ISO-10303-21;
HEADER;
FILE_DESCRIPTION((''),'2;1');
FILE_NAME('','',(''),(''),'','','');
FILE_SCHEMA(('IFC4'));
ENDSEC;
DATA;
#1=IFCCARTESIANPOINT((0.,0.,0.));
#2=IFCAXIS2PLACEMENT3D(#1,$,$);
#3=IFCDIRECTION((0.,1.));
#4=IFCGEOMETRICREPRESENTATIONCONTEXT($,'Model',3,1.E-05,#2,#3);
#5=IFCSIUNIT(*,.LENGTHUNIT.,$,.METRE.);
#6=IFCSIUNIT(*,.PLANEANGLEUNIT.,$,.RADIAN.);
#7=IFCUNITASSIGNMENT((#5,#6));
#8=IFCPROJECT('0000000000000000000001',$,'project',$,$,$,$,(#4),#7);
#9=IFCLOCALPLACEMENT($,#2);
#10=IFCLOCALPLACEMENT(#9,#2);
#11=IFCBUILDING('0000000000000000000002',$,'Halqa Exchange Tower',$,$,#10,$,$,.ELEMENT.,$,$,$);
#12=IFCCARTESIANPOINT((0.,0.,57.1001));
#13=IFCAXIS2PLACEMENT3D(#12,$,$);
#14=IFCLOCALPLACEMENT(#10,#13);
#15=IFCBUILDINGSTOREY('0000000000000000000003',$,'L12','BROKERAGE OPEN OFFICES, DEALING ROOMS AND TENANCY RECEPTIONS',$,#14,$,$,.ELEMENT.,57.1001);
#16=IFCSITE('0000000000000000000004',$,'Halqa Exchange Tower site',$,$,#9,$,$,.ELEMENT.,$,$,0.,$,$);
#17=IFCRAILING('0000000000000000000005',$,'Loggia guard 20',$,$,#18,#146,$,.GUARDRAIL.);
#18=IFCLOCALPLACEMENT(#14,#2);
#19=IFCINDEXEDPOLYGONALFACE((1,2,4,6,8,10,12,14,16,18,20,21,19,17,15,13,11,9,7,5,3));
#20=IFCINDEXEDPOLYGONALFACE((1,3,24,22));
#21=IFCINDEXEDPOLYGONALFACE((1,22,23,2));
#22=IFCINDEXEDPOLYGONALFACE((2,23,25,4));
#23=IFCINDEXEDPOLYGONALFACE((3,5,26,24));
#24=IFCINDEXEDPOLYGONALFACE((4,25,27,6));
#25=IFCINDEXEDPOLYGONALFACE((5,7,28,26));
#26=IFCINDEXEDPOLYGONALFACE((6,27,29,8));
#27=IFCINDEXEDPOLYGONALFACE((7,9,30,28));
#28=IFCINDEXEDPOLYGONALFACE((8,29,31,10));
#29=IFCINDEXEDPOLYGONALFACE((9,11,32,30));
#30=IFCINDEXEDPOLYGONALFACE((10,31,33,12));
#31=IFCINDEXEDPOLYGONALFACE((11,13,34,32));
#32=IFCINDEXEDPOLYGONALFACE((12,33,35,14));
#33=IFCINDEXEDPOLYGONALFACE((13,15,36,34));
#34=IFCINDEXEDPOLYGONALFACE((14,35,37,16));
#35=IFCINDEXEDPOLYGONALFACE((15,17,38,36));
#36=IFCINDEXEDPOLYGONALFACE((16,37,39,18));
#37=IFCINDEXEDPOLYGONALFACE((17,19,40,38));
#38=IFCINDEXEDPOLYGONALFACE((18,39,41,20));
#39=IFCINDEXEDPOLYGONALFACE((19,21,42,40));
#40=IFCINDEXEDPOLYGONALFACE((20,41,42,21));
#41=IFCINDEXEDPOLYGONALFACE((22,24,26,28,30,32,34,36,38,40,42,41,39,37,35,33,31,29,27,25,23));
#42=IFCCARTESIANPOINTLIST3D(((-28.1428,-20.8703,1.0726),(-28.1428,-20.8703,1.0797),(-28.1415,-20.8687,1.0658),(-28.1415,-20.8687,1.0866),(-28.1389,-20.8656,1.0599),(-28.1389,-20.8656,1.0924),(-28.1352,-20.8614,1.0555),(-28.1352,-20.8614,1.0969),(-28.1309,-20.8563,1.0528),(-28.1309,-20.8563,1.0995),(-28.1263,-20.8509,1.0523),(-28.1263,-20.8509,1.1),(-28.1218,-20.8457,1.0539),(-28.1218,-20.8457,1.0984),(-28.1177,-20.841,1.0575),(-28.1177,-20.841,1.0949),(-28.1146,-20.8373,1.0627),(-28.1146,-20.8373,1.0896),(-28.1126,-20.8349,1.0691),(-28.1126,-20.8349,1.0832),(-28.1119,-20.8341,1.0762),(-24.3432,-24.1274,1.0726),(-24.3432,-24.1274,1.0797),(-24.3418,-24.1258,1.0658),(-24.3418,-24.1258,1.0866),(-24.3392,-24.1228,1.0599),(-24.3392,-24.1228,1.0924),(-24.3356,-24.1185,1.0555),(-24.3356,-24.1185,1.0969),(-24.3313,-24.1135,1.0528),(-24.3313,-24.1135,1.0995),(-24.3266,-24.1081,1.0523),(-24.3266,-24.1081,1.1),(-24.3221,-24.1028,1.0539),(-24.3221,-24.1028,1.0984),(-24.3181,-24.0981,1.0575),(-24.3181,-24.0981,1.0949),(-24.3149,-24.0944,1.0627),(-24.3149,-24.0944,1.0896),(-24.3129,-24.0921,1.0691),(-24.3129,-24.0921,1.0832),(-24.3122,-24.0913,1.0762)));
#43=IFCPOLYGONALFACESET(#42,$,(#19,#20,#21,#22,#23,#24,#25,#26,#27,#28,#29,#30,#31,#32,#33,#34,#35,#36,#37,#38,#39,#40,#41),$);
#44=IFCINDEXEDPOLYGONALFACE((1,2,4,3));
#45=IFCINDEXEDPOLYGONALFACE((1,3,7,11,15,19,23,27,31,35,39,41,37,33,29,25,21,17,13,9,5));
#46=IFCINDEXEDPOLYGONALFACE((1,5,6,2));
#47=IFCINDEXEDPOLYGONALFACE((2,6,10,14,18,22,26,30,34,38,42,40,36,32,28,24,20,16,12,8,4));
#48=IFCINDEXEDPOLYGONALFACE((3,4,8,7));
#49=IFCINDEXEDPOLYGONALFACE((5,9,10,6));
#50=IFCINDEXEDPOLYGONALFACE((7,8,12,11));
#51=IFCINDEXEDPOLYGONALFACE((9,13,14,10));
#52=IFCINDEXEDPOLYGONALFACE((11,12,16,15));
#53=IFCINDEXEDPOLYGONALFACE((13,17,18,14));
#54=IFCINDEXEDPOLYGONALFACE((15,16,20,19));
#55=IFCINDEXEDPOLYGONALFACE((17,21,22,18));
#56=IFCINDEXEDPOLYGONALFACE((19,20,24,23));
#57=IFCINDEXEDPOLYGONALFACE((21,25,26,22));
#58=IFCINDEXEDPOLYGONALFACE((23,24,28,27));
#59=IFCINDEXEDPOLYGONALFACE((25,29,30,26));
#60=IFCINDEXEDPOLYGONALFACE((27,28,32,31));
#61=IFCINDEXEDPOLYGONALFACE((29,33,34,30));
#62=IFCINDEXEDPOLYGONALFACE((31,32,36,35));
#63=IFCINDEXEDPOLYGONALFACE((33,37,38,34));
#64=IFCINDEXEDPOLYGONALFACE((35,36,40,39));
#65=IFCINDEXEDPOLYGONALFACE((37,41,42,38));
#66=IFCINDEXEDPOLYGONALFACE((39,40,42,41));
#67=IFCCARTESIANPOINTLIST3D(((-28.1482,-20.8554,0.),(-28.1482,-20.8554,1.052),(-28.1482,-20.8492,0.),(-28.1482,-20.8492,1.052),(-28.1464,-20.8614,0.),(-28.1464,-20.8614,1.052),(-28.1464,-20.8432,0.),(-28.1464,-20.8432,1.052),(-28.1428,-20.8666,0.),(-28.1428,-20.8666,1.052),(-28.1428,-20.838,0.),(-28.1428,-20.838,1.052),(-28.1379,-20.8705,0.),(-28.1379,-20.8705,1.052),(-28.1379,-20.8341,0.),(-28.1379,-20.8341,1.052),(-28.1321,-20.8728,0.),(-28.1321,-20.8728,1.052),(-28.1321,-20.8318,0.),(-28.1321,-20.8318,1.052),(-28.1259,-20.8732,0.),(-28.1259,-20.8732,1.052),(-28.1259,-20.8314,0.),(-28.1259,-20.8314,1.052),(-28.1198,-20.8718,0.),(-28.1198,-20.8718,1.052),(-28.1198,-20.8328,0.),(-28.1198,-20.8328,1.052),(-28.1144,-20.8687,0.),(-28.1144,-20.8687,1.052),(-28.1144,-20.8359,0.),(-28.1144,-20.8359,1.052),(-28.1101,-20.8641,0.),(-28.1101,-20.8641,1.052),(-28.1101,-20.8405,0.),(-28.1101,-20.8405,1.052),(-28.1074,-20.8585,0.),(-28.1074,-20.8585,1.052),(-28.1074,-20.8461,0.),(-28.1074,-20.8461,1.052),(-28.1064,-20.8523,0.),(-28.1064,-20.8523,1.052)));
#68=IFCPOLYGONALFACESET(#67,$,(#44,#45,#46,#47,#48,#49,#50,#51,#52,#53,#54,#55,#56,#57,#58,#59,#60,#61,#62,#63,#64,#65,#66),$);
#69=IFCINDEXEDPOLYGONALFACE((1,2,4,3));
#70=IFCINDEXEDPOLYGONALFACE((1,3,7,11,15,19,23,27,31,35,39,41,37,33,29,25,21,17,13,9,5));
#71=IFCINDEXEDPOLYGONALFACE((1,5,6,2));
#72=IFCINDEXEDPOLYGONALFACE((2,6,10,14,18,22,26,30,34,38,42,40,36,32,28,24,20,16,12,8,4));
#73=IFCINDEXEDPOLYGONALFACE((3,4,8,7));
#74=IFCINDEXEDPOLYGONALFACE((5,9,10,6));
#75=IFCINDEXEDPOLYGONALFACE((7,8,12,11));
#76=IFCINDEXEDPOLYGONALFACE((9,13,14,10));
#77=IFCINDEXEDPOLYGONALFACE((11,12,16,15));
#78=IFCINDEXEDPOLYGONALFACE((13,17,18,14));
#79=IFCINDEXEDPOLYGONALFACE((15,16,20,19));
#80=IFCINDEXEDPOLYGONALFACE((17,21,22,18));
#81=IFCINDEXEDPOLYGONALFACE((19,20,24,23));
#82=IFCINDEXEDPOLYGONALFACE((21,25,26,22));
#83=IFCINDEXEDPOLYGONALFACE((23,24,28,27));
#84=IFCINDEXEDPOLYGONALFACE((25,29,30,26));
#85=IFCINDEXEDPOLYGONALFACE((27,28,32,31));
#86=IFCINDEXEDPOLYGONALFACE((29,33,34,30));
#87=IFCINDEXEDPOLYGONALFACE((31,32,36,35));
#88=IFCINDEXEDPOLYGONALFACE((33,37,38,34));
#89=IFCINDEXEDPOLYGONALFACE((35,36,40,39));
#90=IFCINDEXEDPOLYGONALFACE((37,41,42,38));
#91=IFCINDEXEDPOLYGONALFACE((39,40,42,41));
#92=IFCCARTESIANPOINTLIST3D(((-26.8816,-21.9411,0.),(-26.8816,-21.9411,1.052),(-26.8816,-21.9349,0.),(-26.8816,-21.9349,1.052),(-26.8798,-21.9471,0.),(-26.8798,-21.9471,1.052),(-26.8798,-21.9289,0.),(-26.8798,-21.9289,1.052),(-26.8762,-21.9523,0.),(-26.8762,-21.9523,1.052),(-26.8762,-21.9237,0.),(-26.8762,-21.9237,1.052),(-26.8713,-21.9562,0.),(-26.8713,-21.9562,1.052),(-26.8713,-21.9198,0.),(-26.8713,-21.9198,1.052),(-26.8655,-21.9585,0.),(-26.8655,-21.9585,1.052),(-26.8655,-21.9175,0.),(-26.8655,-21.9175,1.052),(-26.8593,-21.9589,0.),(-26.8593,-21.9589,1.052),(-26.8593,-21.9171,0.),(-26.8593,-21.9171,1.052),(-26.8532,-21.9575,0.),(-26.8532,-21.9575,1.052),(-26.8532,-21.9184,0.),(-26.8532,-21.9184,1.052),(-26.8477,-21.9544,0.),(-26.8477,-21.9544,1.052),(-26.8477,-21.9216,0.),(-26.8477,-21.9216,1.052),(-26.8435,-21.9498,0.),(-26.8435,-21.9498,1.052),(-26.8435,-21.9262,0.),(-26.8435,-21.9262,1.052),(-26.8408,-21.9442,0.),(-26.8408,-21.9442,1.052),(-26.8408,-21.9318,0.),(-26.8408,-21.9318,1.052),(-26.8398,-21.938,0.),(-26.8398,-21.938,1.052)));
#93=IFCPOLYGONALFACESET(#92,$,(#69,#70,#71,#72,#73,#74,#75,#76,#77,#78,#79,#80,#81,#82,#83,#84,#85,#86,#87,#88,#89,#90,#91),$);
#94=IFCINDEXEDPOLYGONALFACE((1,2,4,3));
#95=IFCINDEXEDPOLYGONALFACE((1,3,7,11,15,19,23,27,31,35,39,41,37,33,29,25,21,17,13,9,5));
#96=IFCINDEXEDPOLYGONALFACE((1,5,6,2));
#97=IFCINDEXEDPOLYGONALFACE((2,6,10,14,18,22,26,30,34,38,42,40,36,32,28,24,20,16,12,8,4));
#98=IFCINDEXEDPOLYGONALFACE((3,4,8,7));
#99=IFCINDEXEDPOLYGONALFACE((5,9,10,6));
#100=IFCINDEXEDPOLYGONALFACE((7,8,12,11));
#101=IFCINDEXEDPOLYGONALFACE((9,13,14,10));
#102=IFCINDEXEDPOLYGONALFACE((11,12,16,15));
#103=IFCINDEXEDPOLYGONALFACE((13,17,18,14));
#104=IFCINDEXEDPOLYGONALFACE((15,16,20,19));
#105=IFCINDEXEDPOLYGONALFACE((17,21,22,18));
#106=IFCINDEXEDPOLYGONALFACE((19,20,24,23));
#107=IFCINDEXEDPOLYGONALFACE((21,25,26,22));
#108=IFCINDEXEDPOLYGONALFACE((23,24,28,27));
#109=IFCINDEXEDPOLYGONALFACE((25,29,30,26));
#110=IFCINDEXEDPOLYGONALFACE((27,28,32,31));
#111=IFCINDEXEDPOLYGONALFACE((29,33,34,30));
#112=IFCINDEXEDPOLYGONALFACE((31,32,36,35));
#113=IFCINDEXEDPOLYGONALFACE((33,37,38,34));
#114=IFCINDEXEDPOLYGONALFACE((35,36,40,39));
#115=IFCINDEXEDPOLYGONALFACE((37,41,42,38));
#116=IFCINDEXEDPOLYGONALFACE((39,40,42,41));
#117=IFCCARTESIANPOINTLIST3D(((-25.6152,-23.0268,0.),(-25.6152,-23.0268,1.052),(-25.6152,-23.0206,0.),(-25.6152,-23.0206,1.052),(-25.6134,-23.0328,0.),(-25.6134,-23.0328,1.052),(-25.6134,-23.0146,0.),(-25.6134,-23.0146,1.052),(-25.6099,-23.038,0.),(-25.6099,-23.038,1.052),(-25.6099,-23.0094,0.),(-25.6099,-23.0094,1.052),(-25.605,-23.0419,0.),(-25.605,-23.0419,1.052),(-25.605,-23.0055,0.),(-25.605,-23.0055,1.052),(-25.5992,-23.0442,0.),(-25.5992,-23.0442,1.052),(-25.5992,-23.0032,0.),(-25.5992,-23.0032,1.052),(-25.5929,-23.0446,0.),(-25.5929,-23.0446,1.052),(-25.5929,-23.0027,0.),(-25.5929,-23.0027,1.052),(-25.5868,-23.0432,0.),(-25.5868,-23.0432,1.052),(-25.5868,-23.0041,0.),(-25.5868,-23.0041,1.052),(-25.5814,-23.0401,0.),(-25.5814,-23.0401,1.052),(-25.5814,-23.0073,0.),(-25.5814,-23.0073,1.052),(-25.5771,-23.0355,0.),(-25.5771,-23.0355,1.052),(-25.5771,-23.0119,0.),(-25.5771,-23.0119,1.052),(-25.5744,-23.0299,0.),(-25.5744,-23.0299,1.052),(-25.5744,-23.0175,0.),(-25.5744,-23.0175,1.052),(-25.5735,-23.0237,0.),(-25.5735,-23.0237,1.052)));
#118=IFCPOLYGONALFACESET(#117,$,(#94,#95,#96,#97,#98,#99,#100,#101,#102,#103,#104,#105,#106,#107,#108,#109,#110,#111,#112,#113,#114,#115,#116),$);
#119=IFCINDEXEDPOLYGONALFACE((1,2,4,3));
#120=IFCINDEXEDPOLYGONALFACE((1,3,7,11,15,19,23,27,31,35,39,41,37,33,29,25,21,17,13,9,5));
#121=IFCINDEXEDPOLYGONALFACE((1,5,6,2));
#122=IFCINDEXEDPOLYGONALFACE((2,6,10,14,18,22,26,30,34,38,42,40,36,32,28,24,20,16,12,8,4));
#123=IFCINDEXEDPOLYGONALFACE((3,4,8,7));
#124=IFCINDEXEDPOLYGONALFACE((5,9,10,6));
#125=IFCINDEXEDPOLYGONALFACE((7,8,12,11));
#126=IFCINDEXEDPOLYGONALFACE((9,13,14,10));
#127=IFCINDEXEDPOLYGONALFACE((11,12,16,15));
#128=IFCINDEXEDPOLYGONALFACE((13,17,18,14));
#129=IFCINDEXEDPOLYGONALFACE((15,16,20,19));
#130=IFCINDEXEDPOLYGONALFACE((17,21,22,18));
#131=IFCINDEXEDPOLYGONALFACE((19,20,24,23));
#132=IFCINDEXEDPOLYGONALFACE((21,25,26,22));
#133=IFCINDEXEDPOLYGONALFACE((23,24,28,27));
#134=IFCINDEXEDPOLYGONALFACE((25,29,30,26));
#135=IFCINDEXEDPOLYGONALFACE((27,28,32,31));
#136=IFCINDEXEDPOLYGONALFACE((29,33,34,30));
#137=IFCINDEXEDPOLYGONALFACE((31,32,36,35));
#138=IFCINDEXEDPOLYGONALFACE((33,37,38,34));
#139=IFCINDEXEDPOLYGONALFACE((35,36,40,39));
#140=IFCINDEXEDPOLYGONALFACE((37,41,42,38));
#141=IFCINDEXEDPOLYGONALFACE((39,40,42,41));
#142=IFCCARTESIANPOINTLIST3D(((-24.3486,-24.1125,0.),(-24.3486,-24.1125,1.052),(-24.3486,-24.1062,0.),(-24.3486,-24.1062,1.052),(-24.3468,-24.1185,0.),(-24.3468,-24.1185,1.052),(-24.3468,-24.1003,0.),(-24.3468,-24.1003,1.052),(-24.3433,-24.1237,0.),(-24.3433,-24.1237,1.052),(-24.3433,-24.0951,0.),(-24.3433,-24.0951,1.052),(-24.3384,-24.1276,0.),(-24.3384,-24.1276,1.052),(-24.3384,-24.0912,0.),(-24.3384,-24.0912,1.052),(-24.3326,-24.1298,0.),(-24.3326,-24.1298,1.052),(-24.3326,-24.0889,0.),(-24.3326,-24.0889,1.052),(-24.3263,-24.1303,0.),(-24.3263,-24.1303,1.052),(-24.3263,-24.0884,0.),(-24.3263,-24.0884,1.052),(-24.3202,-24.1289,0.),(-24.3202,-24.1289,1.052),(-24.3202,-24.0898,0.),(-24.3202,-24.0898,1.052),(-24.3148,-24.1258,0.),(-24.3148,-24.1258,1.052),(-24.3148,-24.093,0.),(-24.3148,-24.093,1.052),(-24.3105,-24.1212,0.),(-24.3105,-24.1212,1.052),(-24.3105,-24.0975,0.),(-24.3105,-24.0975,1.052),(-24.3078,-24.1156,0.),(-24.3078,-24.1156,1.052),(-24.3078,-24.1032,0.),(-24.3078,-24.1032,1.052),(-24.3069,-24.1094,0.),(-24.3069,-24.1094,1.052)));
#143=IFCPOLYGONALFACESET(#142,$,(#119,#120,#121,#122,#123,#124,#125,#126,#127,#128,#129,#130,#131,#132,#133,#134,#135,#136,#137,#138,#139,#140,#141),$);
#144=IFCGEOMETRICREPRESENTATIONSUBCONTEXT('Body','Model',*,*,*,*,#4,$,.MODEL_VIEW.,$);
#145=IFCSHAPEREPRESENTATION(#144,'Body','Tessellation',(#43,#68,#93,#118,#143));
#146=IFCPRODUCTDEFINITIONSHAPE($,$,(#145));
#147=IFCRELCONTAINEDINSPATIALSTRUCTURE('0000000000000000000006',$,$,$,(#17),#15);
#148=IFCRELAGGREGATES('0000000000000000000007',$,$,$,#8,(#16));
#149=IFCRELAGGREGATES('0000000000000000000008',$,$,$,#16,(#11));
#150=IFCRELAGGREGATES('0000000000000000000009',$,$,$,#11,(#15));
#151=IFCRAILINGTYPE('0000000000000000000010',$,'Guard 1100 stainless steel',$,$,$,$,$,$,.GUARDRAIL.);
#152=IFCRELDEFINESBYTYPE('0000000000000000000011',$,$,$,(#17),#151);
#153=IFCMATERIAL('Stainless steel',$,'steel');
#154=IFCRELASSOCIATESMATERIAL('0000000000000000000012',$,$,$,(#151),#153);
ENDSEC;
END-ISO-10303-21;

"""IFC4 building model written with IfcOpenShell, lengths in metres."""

from ifc_helpers import new_model, si_unit, direction, frame, origin, origin_2d, place, context, subcontext, project, spatial, circle, extrude, material, type_object, element, save


model = new_model("IFC4")

# Units and contexts
model_context = context("Model", 3, precision=1e-05, world=origin(), true_north=direction((0.0, 1.0)))
body_context = subcontext(model_context, "Body", "Model", "MODEL_VIEW")
ifc_project = project(units=[si_unit("LENGTHUNIT", "METRE"), si_unit("PLANEANGLEUNIT", "RADIAN")], contexts=[model_context])

# Site, building, storey
site_placement = place(None, origin())
site = spatial("IfcSite", under=ifc_project, at=site_placement, Name="Halqa Exchange Tower site", CompositionType="ELEMENT", RefElevation=0.0)
building_placement = place(site_placement, origin())
building = spatial("IfcBuilding", under=site, at=building_placement, Name="Halqa Exchange Tower", CompositionType="ELEMENT")
storey_placement = place(building_placement, frame((0.0, 0.0, 57.1001)))
storey = spatial("IfcBuildingStorey", under=building, at=storey_placement, Name="L12", Description="BROKERAGE OPEN OFFICES, DEALING ROOMS AND TENANCY RECEPTIONS", CompositionType="ELEMENT", Elevation=57.1001)

# Railing
ifc_material_1 = material(Name="Stainless steel", Category="steel")
railing_type = type_object("IfcRailingType", Name="Guard 1100 stainless steel", PredefinedType="GUARDRAIL", material=ifc_material_1)
railing_1_placement = place(storey_placement, frame((-28.1274, -20.8523, 0.0)))
element("IfcRailing", 1, at=railing_1_placement, inside=storey, type_object=railing_type, Name="Loggia guard 20", PredefinedType="GUARDRAIL", context=body_context, shape_type="SweptSolid", body=[
    extrude(circle(Radius=0.0239, at=origin_2d()), frame((0.0, 0.0, 1.0762), z_axis=(0.759226, -0.650828, 0.0), x_axis=(0.650828, 0.759226, 0.0)), (0.0, 0.0, 1.0), 5.0046),
    extrude(circle(Radius=0.021, at=origin_2d()), origin(), (0.0, 0.0, 1.0), 1.052),
    extrude(circle(Radius=0.021, at=origin_2d()), frame((1.2666, -1.0857, 0.0)), (0.0, 0.0, 1.0), 1.052),
    extrude(circle(Radius=0.021, at=origin_2d()), frame((2.533, -2.1714, 0.0)), (0.0, 0.0, 1.0), 1.052),
    extrude(circle(Radius=0.021, at=origin_2d()), frame((3.7996, -3.2571, 0.0)), (0.0, 0.0, 1.0), 1.052),
])

save(model, "model.ifc")
